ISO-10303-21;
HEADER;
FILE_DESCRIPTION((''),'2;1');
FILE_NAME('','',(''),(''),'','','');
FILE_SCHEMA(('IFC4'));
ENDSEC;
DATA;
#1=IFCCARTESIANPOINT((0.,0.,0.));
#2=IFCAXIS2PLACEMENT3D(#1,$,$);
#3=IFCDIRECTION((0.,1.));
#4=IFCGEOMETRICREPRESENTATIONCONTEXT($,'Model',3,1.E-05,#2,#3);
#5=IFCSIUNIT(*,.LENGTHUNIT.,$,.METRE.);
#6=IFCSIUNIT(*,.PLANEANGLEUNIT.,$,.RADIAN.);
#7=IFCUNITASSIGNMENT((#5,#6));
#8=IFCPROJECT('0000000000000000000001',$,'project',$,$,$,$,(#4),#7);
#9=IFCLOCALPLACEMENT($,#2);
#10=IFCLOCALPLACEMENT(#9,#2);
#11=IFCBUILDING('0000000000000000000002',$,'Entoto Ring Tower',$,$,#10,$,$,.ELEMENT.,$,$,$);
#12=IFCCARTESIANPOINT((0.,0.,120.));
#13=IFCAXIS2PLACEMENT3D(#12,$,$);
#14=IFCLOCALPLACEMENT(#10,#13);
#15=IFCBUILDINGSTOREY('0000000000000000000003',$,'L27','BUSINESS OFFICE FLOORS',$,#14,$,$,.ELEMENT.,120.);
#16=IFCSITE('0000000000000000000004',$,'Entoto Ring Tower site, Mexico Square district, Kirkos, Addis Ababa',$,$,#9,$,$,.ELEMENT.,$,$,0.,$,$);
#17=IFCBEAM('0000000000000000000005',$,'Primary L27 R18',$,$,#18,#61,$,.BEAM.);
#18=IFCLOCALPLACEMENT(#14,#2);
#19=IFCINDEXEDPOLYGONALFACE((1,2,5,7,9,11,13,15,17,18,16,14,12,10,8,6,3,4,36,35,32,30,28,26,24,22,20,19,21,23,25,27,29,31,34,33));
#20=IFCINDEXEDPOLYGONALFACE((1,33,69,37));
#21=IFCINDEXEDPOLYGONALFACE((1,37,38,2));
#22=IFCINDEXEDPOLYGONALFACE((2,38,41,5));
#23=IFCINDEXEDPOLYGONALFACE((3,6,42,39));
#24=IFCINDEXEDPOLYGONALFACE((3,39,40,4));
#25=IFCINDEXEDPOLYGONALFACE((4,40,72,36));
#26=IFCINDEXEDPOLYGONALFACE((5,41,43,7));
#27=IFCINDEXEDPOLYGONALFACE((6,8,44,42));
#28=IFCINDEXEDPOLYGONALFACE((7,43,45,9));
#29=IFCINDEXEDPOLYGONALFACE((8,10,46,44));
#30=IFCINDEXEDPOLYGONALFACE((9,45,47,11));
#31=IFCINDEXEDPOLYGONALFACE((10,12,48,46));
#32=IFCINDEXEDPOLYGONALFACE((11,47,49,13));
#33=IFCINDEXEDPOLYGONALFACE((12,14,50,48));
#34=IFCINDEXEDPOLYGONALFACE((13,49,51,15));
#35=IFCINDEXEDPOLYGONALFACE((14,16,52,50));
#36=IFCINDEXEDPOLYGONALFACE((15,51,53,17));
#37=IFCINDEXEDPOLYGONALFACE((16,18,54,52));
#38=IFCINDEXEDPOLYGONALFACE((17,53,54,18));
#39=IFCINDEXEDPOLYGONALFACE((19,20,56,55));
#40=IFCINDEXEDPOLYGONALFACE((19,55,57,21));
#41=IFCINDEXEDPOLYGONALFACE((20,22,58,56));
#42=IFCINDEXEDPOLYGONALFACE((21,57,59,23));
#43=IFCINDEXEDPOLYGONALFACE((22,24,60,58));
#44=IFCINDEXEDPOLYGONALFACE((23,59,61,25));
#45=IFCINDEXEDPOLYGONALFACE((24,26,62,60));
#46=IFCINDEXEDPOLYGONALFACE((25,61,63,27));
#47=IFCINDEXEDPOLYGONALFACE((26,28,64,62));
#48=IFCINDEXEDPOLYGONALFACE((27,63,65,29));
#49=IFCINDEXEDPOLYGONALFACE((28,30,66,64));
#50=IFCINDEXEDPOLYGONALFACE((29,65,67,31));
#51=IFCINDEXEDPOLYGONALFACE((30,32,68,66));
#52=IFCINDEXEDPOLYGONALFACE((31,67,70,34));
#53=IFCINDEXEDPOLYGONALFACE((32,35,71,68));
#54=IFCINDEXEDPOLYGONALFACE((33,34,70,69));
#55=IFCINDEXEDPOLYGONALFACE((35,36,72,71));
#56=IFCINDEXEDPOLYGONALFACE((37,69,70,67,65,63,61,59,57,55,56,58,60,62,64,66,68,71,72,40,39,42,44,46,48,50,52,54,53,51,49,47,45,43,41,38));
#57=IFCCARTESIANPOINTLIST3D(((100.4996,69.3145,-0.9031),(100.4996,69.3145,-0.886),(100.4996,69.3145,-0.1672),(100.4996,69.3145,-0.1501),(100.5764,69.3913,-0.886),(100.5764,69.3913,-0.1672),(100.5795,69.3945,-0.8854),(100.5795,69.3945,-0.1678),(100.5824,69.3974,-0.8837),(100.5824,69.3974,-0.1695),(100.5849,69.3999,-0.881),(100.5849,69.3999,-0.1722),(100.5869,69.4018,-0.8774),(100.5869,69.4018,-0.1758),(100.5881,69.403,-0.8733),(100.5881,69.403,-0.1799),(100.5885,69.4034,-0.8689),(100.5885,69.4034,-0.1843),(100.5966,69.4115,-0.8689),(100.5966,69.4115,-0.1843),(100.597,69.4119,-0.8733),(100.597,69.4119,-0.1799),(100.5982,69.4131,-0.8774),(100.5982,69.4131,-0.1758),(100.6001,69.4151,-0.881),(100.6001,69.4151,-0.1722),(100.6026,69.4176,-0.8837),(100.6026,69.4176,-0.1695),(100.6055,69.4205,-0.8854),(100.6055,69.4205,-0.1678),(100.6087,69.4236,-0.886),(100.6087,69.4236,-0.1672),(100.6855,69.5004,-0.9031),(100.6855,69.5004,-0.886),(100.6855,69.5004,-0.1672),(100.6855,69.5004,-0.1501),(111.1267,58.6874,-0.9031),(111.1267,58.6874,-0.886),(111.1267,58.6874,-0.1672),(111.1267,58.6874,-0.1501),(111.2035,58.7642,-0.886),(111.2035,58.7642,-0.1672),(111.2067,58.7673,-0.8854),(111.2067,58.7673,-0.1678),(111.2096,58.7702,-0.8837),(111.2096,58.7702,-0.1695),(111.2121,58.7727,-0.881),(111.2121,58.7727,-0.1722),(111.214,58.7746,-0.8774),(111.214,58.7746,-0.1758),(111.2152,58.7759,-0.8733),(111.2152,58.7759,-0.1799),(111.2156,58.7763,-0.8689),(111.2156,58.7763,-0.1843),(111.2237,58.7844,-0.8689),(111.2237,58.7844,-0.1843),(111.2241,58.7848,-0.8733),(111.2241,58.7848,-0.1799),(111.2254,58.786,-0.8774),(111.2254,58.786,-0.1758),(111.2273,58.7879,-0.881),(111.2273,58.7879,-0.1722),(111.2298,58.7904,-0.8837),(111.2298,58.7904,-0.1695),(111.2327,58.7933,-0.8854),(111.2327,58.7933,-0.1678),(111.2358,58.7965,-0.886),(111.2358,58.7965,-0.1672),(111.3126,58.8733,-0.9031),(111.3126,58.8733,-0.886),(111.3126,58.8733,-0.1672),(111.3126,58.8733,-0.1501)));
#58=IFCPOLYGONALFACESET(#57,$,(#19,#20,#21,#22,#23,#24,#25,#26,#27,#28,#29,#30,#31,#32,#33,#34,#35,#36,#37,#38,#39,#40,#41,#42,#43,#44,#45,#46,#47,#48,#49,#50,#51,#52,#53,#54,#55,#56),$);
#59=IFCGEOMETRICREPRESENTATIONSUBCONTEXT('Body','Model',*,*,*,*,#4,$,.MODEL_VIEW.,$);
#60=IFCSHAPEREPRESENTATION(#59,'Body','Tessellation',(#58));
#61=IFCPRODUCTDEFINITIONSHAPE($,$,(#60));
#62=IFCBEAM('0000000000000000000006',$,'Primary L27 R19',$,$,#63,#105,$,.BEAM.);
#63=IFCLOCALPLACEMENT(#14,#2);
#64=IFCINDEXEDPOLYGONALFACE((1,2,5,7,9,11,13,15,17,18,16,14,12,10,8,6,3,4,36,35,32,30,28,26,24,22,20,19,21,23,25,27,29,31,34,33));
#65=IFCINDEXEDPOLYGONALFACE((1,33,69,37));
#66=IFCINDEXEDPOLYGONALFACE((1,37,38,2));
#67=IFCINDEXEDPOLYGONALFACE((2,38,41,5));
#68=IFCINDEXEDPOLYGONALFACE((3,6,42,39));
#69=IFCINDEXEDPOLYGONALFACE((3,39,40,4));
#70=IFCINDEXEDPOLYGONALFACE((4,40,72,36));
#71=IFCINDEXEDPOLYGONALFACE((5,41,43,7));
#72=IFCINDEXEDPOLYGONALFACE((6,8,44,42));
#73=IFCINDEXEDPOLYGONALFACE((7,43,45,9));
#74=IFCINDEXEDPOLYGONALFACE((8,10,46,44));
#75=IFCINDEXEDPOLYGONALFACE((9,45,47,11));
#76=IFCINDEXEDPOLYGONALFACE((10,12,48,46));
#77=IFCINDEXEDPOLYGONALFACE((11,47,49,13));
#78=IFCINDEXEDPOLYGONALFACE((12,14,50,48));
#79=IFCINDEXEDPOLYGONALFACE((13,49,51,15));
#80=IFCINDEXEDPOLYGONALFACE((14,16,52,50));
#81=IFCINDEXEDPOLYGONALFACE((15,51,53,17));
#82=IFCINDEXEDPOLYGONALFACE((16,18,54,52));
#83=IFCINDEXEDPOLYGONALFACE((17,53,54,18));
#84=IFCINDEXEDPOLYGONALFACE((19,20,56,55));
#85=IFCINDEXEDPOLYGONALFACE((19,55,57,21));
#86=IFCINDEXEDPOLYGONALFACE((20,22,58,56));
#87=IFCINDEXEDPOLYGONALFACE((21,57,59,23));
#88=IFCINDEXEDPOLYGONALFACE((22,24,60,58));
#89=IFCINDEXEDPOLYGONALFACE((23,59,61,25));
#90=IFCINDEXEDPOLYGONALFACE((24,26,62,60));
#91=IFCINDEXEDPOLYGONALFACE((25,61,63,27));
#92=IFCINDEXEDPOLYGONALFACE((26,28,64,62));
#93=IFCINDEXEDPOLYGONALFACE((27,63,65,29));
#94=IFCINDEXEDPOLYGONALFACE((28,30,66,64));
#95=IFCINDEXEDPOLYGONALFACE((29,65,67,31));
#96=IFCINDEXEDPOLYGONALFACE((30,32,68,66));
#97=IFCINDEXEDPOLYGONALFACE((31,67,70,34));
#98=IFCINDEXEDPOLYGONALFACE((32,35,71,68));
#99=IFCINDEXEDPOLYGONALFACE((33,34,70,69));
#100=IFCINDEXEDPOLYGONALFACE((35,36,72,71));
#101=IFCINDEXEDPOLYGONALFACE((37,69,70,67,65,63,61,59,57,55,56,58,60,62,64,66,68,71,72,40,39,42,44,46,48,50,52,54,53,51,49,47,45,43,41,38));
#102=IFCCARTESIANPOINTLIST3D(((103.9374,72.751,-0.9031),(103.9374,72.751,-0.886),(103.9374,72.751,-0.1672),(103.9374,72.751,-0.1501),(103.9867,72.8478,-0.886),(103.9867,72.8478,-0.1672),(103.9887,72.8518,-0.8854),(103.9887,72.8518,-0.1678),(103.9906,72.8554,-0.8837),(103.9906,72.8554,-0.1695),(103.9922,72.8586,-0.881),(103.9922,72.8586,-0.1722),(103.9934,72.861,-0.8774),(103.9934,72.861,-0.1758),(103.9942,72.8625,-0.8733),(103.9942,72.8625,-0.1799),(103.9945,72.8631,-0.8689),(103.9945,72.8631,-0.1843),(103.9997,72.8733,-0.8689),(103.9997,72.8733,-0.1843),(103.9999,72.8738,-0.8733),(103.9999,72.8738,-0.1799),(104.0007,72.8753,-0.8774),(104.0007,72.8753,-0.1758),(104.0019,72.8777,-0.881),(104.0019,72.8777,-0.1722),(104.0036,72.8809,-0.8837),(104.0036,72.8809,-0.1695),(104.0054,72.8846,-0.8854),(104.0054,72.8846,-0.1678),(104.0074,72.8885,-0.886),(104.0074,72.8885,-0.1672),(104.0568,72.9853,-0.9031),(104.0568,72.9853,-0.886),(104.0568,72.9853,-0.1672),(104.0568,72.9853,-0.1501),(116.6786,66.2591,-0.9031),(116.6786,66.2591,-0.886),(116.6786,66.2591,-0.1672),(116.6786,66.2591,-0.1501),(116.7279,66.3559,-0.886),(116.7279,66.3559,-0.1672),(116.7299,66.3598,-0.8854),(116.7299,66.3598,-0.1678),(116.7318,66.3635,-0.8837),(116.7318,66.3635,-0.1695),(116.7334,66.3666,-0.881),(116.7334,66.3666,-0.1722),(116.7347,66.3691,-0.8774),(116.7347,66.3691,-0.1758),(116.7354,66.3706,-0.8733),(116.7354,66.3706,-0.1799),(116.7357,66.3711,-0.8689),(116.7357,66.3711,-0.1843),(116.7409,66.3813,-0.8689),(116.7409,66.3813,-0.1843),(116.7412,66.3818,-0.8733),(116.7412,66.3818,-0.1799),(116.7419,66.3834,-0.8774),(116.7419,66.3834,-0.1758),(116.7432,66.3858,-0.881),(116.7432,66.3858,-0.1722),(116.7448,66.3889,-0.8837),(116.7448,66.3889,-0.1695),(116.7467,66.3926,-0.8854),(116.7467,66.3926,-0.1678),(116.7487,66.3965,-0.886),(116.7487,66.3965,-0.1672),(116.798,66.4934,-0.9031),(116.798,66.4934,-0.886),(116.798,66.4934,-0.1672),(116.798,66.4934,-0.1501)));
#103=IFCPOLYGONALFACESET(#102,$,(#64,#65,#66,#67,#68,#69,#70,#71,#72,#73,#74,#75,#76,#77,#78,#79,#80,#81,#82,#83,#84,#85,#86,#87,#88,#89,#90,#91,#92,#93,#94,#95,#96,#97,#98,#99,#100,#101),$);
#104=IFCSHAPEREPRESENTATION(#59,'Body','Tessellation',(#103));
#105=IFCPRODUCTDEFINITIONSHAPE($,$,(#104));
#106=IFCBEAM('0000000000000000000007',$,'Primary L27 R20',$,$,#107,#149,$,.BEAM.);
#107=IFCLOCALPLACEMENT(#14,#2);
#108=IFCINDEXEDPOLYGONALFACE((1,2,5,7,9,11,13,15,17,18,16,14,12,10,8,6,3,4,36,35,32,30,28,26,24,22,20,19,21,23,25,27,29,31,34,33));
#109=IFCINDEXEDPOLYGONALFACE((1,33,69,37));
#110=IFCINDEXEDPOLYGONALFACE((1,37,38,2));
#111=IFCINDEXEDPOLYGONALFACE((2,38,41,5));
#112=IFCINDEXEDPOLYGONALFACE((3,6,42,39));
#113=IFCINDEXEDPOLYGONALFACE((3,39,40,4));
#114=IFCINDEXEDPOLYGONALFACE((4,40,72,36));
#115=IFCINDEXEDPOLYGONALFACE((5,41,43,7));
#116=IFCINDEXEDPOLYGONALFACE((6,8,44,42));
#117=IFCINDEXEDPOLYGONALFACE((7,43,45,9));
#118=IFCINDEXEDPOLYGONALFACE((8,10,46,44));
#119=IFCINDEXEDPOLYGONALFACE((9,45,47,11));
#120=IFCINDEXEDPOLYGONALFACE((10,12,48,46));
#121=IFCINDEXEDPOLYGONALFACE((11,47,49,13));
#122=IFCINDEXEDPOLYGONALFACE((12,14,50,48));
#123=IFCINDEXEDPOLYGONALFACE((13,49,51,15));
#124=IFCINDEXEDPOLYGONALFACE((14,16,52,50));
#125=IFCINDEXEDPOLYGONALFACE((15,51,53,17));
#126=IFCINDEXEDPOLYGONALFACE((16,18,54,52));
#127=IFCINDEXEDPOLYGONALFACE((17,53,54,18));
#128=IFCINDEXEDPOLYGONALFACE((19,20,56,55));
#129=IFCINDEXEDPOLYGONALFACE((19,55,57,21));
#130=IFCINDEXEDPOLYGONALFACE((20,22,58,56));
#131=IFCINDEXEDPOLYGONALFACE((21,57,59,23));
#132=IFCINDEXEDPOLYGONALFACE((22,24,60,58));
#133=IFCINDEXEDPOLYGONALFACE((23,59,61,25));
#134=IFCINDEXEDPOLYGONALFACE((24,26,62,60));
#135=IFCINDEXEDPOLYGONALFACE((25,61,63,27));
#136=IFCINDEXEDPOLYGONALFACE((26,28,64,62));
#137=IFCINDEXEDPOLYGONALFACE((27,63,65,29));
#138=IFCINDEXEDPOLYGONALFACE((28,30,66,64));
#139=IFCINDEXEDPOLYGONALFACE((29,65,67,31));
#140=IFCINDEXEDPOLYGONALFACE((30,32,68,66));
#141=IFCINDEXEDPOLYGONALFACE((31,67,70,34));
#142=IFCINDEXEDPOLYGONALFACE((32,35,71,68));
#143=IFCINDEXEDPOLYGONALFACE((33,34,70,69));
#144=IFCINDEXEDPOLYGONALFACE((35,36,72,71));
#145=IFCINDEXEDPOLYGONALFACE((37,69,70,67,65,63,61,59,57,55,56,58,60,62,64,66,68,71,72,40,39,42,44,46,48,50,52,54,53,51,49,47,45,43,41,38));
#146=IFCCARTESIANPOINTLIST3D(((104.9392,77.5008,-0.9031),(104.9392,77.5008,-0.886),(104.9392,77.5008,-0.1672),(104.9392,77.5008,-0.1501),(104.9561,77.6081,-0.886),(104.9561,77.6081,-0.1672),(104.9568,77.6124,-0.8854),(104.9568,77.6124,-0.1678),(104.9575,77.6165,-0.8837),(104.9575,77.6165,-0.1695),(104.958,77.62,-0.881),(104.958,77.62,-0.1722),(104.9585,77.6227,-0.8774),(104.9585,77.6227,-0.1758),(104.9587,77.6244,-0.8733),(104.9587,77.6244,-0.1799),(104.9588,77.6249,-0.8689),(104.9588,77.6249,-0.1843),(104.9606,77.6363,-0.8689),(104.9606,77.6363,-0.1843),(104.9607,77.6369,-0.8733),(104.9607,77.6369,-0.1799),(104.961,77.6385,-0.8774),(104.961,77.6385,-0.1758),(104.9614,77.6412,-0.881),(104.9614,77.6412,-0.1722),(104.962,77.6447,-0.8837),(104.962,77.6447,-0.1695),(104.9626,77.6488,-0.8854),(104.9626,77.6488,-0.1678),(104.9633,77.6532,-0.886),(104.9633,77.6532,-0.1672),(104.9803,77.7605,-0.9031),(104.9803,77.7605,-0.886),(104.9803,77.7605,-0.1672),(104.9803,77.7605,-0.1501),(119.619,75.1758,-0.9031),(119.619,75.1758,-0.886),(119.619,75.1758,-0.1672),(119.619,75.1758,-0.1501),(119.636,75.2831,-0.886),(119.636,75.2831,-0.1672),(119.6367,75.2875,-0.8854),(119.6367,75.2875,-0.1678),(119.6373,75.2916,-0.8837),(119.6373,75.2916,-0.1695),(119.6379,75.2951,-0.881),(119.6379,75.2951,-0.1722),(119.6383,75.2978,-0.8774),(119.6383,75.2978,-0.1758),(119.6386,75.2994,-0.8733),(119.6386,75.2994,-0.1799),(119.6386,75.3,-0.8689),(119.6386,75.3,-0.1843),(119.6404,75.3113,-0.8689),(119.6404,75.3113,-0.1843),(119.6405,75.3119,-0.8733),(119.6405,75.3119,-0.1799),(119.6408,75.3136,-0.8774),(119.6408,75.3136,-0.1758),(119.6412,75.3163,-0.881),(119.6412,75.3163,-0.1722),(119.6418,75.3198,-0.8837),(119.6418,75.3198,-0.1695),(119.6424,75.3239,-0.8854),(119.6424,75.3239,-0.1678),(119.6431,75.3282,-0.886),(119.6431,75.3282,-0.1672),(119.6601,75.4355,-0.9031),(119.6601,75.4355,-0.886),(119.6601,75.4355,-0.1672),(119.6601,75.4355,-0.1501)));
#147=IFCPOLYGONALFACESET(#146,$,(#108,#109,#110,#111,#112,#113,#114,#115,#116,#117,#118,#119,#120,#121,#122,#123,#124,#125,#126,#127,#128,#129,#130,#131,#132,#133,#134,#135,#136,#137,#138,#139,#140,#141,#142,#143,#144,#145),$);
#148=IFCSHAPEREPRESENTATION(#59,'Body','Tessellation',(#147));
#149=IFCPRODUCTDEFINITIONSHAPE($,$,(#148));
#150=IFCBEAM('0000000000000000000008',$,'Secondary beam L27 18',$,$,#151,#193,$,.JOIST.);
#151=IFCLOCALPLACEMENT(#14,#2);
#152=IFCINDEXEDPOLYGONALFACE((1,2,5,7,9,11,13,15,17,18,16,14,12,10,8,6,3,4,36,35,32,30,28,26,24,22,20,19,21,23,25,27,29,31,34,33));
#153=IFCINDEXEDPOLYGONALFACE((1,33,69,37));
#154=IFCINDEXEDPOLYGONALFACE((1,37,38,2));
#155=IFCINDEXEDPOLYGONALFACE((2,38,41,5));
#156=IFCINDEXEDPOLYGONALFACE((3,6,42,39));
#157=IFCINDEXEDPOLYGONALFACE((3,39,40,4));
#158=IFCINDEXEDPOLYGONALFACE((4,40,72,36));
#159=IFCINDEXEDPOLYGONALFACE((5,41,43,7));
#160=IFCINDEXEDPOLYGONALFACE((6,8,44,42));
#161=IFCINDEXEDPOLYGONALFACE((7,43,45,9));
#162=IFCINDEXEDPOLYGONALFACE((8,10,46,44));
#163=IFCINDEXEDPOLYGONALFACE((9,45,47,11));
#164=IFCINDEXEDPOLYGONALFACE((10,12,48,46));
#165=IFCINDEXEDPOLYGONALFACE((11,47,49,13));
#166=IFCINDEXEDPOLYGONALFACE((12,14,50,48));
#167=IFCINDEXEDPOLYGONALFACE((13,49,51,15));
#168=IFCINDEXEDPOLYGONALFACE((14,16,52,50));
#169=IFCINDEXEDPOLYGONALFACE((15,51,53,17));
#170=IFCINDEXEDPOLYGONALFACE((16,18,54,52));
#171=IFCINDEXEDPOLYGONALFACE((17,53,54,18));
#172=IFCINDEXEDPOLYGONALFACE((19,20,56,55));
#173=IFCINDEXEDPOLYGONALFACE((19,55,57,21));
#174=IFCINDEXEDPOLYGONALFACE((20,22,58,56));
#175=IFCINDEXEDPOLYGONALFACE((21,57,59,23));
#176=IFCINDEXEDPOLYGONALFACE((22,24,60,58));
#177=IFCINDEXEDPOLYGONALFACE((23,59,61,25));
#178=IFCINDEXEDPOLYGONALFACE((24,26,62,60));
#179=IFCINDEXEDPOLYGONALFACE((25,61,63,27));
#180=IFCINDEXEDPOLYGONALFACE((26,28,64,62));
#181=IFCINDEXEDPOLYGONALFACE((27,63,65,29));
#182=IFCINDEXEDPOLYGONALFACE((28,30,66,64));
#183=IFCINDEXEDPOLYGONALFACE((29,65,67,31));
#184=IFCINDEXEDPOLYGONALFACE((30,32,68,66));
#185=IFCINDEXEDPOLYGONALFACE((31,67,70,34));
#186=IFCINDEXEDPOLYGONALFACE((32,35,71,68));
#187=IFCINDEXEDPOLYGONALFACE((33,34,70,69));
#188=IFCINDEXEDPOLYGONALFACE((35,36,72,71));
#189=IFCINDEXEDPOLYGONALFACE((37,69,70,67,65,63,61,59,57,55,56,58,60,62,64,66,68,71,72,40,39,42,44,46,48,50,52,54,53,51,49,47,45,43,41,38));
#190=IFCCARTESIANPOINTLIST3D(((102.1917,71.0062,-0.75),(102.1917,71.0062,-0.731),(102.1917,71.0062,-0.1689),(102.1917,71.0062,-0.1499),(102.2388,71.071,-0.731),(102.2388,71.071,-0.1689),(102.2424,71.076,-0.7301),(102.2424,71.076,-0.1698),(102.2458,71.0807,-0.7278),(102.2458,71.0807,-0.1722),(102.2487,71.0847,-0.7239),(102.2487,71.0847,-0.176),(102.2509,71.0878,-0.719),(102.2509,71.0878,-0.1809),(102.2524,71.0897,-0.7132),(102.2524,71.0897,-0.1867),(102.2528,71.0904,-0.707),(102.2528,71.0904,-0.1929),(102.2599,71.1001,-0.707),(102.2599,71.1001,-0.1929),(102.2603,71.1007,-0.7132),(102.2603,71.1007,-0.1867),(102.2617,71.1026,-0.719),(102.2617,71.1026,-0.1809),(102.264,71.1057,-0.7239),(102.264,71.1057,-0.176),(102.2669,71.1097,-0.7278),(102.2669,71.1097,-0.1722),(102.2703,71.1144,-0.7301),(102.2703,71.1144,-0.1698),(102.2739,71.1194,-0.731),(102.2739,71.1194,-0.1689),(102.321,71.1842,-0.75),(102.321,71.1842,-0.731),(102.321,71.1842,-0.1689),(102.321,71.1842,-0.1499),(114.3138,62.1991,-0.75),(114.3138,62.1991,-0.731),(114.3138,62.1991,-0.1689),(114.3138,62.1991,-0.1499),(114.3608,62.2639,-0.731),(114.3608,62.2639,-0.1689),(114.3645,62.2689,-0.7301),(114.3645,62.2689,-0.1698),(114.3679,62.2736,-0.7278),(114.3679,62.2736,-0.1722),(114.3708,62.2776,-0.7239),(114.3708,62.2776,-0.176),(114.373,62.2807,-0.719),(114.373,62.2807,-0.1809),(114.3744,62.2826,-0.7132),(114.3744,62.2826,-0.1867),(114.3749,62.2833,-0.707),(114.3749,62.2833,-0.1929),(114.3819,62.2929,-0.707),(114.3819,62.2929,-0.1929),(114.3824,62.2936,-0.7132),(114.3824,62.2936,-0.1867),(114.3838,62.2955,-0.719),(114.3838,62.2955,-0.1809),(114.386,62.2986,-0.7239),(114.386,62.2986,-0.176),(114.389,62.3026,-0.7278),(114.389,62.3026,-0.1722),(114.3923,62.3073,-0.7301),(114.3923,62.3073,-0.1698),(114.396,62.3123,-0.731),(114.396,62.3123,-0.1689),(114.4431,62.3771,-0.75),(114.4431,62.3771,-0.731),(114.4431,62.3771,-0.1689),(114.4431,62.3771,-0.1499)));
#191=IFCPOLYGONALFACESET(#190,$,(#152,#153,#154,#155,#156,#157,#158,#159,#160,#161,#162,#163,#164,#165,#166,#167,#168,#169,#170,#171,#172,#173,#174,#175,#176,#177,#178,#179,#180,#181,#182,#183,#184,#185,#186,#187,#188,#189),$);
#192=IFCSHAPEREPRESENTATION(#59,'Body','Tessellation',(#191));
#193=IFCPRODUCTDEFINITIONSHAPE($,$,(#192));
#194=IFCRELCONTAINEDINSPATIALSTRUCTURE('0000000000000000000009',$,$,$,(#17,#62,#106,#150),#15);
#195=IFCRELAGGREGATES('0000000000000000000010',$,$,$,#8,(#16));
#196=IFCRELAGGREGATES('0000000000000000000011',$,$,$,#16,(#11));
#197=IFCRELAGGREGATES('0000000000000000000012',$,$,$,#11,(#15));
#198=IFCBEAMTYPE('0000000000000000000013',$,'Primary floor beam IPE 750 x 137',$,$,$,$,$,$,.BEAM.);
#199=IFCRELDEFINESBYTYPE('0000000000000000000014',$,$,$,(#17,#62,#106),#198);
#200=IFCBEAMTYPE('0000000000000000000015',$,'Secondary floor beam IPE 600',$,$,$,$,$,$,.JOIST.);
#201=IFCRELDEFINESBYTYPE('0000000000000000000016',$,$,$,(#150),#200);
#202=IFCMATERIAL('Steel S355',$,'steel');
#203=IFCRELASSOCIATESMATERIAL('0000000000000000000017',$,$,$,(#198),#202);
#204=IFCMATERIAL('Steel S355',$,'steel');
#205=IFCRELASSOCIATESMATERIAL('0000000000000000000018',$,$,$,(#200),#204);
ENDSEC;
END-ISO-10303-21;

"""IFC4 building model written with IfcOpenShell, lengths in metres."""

from ifc_helpers import new_model, si_unit, direction, frame, origin, origin_2d, place, context, subcontext, project, spatial, i_section, extrude, material, material_profile, profile_set, type_object, element, save


model = new_model("IFC4")

# Units and contexts
model_context = context("Model", 3, precision=1e-05, world=origin(), true_north=direction((0.0, 1.0)))
body_context = subcontext(model_context, "Body", "Model", "MODEL_VIEW")
ifc_project = project(units=[si_unit("LENGTHUNIT", "METRE"), si_unit("PLANEANGLEUNIT", "RADIAN")], contexts=[model_context])

# Site, building, storey
site_placement = place(None, origin())
site = spatial("IfcSite", under=ifc_project, at=site_placement, Name="Entoto Ring Tower site, Mexico Square district, Kirkos, Addis Ababa", CompositionType="ELEMENT", RefElevation=0.0)
building_placement = place(site_placement, origin())
building = spatial("IfcBuilding", under=site, at=building_placement, Name="Entoto Ring Tower", CompositionType="ELEMENT")
storey_placement = place(building_placement, frame((0.0, 0.0, 120.0)))
storey = spatial("IfcBuildingStorey", under=building, at=storey_placement, Name="L27", Description="BUSINESS OFFICE FLOORS", CompositionType="ELEMENT", Elevation=120.0)

# Beams
ifc_material_1 = material(Name="Steel S355", Category="steel")
ifc_material_profile_1 = material_profile(ifc_material_1, i_section(OverallWidth=0.2629, OverallDepth=0.7529, WebThickness=0.0115, FlangeThickness=0.0171, FilletRadius=0.0171, at=origin_2d()), Name="IPE 750 x 137")
ifc_profile_set_1 = profile_set([ifc_material_profile_1], Name="Steel S355")
beam_type_1 = type_object("IfcBeamType", Name="Primary floor beam IPE 750 x 137", PredefinedType="BEAM", material=ifc_profile_set_1)
beam_1_placement = place(storey_placement, frame((100.5925, 69.4075, -0.5266), z_axis=(0.707107, -0.707107, 0.0), x_axis=(0.707107, 0.707107, 0.0)))
element("IfcBeam", 1, at=beam_1_placement, inside=storey, type_object=beam_type_1, Name="Primary L27 R18", PredefinedType="BEAM", context=body_context, shape_type="SweptSolid", body=[
    extrude(i_section(OverallWidth=0.2629, OverallDepth=0.7529, WebThickness=0.0115, FlangeThickness=0.0171, FilletRadius=0.0171, at=origin_2d()), origin(), (0.0, 0.0, 1.0), 15.0291),
])
beam_2_placement = place(storey_placement, frame((103.9971, 72.8682, -0.5266), z_axis=(0.891007, -0.453989, 0.0), x_axis=(0.453989, 0.891007, 0.0)))
element("IfcBeam", 2, at=beam_2_placement, inside=storey, type_object=beam_type_1, Name="Primary L27 R19", PredefinedType="BEAM", context=body_context, shape_type="SweptSolid", body=[
    extrude(i_section(OverallWidth=0.2629, OverallDepth=0.7529, WebThickness=0.0115, FlangeThickness=0.0171, FilletRadius=0.0171, at=origin_2d()), origin(), (0.0, 0.0, 1.0), 14.2998),
])
beam_3_placement = place(storey_placement, frame((104.9597, 77.6306, -0.5266), z_axis=(0.98769, -0.156426, 0.0), x_axis=(0.156426, 0.98769, 0.0)))
element("IfcBeam", 3, at=beam_3_placement, inside=storey, type_object=beam_type_1, Name="Primary L27 R20", PredefinedType="BEAM", context=body_context, shape_type="SweptSolid", body=[
    extrude(i_section(OverallWidth=0.2629, OverallDepth=0.7529, WebThickness=0.0115, FlangeThickness=0.0171, FilletRadius=0.0171, at=origin_2d()), origin(), (0.0, 0.0, 1.0), 14.8628),
])
ifc_material_2 = material(Name="Steel S355", Category="steel")
ifc_material_profile_2 = material_profile(ifc_material_2, i_section(OverallWidth=0.22, OverallDepth=0.6001, WebThickness=0.012, FlangeThickness=0.019, FilletRadius=0.0239, at=origin_2d()), Name="IPE 600")
ifc_profile_set_2 = profile_set([ifc_material_profile_2], Name="Steel S355")
beam_type_2 = type_object("IfcBeamType", Name="Secondary floor beam IPE 600", PredefinedType="JOIST", material=ifc_profile_set_2)
beam_4_placement = place(storey_placement, frame((102.2563, 71.0952, -0.45), z_axis=(0.809019, -0.587782, 0.0), x_axis=(0.587782, 0.809019, 0.0)))
element("IfcBeam", 4, at=beam_4_placement, inside=storey, type_object=beam_type_2, Name="Secondary beam L27 18", PredefinedType="JOIST", context=body_context, shape_type="SweptSolid", body=[
    extrude(i_section(OverallWidth=0.22, OverallDepth=0.6001, WebThickness=0.012, FlangeThickness=0.019, FilletRadius=0.0239, at=origin_2d()), origin(), (0.0, 0.0, 1.0), 14.9836),
])

save(model, "model.ifc")
